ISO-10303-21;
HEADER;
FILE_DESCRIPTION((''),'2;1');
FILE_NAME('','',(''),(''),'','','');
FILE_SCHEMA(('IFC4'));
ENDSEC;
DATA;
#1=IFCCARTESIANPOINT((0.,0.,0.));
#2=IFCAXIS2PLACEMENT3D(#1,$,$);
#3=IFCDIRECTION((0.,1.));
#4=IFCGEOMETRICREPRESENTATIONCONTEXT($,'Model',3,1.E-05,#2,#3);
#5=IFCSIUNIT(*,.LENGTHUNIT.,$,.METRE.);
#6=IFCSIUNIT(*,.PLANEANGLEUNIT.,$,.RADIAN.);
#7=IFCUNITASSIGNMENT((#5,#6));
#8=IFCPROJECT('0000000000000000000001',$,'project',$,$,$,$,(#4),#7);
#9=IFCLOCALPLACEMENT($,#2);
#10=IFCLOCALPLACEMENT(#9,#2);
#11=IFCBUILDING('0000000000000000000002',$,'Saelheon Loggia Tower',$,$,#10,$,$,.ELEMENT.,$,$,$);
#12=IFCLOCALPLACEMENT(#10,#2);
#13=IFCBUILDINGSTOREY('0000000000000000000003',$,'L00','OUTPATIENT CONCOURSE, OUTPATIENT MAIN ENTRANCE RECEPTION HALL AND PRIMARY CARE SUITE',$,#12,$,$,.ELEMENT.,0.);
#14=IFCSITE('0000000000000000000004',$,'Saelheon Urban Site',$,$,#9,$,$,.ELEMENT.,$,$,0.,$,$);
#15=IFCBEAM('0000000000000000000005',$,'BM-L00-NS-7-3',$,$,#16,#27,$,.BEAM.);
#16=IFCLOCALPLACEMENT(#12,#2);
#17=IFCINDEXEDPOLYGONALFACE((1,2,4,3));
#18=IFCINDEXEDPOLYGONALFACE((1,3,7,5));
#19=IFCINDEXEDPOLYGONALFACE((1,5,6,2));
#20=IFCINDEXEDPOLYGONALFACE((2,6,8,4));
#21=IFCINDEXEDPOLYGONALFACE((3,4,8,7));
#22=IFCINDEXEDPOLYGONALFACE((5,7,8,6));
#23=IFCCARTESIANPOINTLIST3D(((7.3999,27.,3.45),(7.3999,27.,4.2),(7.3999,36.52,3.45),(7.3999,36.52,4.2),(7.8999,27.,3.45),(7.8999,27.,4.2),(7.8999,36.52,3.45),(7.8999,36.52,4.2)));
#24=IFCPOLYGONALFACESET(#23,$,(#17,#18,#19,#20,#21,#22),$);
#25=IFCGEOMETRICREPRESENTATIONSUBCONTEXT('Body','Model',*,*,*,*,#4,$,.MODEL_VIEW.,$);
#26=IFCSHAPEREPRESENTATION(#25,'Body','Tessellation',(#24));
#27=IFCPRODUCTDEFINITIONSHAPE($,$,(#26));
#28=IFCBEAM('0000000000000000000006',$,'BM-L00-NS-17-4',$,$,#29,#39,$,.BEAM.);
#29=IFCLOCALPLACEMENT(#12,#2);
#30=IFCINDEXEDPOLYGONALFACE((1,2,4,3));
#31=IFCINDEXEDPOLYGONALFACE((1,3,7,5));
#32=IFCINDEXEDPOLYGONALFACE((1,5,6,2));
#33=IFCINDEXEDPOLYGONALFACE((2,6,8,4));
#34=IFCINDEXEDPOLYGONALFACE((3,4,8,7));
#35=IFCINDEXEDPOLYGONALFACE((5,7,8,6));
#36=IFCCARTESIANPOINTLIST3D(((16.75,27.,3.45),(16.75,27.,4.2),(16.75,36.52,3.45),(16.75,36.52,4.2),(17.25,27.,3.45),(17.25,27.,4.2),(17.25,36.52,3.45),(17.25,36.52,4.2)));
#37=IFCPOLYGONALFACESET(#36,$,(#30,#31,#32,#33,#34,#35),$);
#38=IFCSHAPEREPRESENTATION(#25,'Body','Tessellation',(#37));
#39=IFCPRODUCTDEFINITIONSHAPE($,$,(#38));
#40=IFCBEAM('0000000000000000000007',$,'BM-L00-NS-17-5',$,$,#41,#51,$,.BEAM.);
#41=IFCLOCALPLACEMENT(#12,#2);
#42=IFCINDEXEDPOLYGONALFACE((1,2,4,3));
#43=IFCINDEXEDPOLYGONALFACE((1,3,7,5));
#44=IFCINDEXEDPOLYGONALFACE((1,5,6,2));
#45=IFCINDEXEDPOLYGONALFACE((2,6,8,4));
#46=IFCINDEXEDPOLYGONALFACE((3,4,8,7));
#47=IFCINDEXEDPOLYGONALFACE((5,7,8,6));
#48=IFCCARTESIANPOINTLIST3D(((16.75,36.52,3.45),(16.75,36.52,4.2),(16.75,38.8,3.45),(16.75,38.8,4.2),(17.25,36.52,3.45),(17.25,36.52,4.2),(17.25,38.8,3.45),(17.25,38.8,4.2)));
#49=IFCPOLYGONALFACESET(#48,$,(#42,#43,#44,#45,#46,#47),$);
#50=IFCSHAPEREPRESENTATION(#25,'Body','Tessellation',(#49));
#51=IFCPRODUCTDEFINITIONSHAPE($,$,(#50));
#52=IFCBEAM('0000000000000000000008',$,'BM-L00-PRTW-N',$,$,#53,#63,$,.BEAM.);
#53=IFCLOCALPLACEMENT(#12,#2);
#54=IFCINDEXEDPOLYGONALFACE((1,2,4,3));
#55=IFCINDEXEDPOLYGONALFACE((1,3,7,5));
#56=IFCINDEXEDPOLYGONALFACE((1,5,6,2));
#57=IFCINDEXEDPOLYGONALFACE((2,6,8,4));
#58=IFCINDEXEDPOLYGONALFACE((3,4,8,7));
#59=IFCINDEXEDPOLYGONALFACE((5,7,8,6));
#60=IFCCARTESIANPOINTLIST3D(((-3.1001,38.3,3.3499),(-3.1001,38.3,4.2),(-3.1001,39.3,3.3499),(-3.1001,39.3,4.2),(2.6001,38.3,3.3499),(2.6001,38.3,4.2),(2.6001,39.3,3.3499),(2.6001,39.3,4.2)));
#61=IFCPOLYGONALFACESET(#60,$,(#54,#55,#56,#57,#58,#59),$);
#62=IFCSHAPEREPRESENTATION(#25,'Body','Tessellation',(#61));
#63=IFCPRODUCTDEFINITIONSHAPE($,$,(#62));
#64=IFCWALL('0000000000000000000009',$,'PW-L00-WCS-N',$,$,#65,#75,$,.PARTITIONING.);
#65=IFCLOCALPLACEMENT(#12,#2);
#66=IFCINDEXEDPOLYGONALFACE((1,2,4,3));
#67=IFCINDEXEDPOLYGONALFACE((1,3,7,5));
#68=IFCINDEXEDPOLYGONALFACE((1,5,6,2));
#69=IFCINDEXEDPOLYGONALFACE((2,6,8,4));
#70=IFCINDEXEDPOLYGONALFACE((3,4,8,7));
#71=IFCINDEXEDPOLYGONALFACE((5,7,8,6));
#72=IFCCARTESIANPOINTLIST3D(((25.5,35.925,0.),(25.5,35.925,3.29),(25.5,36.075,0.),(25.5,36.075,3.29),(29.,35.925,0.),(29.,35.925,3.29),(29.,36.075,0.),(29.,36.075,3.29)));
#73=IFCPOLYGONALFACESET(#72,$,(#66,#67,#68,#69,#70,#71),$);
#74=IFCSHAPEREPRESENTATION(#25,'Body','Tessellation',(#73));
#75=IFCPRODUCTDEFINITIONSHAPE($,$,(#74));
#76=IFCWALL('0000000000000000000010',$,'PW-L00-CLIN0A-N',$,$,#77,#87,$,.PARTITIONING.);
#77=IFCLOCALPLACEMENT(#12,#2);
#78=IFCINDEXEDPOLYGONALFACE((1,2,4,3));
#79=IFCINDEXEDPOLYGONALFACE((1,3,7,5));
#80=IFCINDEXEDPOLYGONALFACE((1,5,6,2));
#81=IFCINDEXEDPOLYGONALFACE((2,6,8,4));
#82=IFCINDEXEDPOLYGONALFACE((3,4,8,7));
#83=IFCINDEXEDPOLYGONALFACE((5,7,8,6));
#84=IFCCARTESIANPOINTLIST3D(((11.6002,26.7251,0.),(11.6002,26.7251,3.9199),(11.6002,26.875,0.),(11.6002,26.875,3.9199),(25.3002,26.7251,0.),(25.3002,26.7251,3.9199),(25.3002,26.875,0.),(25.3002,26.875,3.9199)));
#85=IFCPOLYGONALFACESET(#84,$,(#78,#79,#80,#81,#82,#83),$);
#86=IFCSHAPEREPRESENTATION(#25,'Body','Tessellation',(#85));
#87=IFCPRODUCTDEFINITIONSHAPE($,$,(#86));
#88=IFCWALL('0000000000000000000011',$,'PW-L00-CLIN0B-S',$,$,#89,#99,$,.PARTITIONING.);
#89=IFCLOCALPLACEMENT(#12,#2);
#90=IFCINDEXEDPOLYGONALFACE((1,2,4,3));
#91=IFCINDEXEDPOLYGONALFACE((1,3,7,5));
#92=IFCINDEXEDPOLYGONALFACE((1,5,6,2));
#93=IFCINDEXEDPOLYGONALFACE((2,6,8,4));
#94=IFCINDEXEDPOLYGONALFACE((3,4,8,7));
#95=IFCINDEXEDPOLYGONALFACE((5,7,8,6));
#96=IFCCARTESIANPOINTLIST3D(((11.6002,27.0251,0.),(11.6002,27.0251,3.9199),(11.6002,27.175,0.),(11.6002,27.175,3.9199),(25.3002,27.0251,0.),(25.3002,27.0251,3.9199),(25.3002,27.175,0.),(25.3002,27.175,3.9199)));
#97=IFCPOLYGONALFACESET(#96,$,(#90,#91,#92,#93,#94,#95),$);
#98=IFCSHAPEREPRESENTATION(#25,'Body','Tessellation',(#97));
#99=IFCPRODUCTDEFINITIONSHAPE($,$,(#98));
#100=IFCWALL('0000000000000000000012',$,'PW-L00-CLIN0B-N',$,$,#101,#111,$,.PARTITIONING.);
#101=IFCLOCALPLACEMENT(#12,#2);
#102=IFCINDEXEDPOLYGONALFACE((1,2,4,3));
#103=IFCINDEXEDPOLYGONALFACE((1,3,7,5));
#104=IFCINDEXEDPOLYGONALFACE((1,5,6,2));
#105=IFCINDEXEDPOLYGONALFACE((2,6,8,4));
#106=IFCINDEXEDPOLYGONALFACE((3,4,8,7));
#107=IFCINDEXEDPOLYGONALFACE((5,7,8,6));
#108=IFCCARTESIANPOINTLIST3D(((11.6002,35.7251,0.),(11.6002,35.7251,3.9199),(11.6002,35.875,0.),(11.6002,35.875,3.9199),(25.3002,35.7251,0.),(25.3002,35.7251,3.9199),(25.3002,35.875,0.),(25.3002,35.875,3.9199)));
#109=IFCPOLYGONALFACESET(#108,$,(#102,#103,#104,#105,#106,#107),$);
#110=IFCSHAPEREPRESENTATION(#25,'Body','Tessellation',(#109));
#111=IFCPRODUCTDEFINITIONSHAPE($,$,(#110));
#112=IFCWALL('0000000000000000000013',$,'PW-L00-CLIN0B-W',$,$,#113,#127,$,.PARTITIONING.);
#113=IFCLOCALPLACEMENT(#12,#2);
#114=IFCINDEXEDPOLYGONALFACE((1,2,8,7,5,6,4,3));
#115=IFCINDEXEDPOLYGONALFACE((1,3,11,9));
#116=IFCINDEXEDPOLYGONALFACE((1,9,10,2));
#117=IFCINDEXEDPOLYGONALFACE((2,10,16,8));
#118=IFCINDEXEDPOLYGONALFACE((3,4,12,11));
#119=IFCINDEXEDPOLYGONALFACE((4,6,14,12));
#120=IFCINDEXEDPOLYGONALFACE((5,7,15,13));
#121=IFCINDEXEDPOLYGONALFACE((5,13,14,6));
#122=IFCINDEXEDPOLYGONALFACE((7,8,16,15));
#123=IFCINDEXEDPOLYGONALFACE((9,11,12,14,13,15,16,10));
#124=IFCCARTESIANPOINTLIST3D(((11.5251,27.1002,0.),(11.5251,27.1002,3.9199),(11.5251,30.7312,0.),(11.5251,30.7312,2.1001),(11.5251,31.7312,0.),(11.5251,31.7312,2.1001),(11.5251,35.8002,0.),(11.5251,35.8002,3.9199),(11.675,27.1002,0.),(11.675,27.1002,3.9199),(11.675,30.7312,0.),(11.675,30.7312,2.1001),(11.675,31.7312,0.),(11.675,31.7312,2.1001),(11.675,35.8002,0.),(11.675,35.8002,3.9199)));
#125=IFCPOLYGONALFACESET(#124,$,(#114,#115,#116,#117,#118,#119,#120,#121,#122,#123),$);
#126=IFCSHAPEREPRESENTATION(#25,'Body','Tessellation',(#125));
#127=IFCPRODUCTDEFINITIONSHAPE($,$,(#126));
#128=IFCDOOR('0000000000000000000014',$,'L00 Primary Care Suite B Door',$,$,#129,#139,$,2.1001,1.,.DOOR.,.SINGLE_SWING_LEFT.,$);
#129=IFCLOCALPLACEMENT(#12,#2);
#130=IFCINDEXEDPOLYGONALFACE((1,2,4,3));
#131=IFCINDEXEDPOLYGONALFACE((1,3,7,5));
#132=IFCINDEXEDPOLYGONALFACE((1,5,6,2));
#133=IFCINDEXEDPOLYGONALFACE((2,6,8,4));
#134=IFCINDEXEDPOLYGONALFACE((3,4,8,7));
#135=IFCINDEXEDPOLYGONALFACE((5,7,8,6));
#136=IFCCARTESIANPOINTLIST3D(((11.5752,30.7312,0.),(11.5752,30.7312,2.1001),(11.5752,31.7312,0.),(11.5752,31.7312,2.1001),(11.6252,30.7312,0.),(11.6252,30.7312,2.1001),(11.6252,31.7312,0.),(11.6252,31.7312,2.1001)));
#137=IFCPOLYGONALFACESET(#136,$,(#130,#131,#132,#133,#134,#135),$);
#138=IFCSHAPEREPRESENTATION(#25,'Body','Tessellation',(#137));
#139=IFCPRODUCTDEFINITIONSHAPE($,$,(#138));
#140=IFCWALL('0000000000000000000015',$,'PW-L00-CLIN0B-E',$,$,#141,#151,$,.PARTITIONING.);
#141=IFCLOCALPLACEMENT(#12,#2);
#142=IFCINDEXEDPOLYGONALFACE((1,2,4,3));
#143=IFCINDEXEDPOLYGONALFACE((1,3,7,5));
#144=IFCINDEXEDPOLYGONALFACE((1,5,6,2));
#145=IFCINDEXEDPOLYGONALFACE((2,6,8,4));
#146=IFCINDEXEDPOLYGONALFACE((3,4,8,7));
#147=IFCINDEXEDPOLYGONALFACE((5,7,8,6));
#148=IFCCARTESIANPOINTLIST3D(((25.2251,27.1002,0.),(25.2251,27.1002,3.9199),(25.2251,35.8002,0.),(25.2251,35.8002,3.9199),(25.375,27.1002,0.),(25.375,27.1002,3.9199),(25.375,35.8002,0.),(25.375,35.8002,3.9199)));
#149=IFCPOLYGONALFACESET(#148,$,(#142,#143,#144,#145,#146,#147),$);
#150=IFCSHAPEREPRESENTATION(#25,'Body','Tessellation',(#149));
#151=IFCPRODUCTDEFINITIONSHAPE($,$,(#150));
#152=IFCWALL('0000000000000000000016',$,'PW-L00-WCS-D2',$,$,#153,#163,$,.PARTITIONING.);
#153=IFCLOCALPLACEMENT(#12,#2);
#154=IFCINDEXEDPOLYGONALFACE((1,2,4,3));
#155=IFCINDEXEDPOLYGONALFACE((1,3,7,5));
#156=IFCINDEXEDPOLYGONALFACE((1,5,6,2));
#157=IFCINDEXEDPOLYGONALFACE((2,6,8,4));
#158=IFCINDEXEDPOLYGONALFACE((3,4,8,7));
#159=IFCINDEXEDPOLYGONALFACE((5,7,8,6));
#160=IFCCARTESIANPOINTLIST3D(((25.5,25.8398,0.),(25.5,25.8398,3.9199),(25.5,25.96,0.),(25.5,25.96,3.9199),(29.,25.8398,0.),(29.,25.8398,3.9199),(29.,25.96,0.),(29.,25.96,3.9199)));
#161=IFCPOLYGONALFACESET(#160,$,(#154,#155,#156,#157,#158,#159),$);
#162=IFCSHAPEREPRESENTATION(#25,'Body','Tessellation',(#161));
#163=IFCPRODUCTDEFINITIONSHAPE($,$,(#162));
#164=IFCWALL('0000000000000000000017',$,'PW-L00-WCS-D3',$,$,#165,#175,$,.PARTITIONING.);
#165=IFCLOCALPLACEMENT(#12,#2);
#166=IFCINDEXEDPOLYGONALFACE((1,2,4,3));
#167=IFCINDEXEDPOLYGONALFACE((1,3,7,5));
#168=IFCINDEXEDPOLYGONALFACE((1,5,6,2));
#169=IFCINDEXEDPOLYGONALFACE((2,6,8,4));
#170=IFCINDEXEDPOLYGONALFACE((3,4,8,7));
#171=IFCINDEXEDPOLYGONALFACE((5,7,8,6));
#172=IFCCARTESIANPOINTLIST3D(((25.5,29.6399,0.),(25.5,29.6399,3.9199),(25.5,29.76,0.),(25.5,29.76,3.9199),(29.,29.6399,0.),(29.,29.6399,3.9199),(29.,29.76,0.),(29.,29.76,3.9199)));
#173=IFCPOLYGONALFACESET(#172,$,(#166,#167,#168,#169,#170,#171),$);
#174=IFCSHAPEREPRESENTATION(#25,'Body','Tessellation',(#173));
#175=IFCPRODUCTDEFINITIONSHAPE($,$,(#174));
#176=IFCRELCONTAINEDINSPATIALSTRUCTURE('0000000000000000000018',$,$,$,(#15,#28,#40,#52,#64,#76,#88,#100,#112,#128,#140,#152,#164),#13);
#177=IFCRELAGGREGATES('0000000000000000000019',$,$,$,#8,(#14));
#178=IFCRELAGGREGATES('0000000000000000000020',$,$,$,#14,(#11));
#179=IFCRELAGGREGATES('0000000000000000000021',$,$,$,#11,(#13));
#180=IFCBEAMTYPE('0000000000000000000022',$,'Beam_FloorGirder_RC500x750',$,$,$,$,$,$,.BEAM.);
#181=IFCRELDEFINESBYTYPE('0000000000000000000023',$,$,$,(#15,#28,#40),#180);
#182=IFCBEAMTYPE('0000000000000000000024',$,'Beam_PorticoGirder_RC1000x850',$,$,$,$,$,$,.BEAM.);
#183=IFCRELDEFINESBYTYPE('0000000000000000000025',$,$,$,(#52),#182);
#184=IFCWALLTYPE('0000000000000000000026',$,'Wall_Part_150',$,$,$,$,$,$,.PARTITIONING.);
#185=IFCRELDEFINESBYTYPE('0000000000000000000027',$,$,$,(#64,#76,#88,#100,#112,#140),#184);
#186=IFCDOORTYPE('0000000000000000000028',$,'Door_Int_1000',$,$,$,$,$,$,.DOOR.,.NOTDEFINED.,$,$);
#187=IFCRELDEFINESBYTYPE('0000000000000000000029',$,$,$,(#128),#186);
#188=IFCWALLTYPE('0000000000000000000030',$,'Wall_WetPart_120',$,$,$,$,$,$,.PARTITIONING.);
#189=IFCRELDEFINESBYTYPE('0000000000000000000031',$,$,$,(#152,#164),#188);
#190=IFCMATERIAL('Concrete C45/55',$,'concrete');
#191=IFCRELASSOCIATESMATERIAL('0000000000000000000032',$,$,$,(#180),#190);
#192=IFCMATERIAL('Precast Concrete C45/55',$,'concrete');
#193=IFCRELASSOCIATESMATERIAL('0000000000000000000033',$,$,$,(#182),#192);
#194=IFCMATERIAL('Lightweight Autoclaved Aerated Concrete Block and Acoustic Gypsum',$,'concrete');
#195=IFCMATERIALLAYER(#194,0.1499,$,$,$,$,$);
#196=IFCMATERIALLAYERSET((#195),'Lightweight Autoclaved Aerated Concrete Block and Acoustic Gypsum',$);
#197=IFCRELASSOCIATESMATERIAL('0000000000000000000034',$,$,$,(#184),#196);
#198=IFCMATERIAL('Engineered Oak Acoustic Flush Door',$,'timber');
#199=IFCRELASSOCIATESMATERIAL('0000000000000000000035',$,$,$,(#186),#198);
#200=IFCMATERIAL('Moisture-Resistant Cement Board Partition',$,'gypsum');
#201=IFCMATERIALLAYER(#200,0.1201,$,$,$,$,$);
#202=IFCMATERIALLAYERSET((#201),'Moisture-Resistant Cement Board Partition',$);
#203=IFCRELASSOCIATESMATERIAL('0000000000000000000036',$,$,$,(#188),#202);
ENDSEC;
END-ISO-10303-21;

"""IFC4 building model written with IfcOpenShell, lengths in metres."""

from ifc_helpers import new_model, si_unit, direction, frame, frame_2d, origin, origin_2d, place, context, subcontext, project, spatial, rectangle, extrude, source, transform, mapped, material, layer, layer_set, material_profile, profile_set, type_object, element, fill, save


model = new_model("IFC4")

# Units and contexts
model_context = context("Model", 3, precision=1e-05, world=origin(), true_north=direction((0.0, 1.0)))
body_context = subcontext(model_context, "Body", "Model", "MODEL_VIEW")
ifc_project = project(units=[si_unit("LENGTHUNIT", "METRE"), si_unit("PLANEANGLEUNIT", "RADIAN")], contexts=[model_context])

# Site, building, storey
site_placement = place(None, origin())
site = spatial("IfcSite", under=ifc_project, at=site_placement, Name="Saelheon Urban Site", CompositionType="ELEMENT", RefElevation=0.0)
building_placement = place(site_placement, origin())
building = spatial("IfcBuilding", under=site, at=building_placement, Name="Saelheon Loggia Tower", CompositionType="ELEMENT")
storey_placement = place(building_placement, origin())
storey = spatial("IfcBuildingStorey", under=building, at=storey_placement, Name="L00", Description="OUTPATIENT CONCOURSE, OUTPATIENT MAIN ENTRANCE RECEPTION HALL AND PRIMARY CARE SUITE", CompositionType="ELEMENT", Elevation=0.0)

# Shared definitions
ifc_material_1 = material(Name="Concrete C45/55", Category="concrete")
ifc_material_2 = material(Name="Precast Concrete C45/55", Category="concrete")

# Beams
ifc_material_profile_1 = material_profile(ifc_material_1, rectangle(XDim=0.5, YDim=0.75, at=origin_2d()), Name="RC-500x750")
ifc_profile_set_1 = profile_set([ifc_material_profile_1], Name="Concrete C45/55")
beam_type_1 = type_object("IfcBeamType", Name="Beam_FloorGirder_RC500x750", PredefinedType="BEAM", material=ifc_profile_set_1)
shared_shape_1 = source(origin(), body_context, "Body", "SweptSolid", [
    extrude(rectangle(XDim=0.5, YDim=0.75, at=origin_2d()), origin(), (0.0, 0.0, 1.0), 9.52),
])
for number, where, z_axis, x_axis, name in (
    (1, (7.6499, 27.0, 3.825), (0.0, 1.0, 0.0), (-1.0, 0.0, 0.0), "BM-L00-NS-7-3"),
    (2, (17.0, 27.0, 3.825), (0.0, 1.0, 0.0), (-1.0, 0.0, 0.0), "BM-L00-NS-17-4"),
):
    element("IfcBeam", number, at=place(storey_placement, frame(where, z_axis=z_axis, x_axis=x_axis)), inside=storey, type_object=beam_type_1, Name=name, PredefinedType="BEAM", context=body_context, shape_type="MappedRepresentation", body=[
        mapped(shared_shape_1, transform((0.0, 0.0, 0.0), scale=1.0)),
    ])
shared_shape_2 = source(origin(), body_context, "Body", "SweptSolid", [
    extrude(rectangle(XDim=0.5, YDim=0.75, at=origin_2d()), origin(), (0.0, 0.0, 1.0), 2.28),
])
beam_1_placement = place(storey_placement, frame((17.0, 36.52, 3.825), z_axis=(0.0, 1.0, 0.0), x_axis=(-1.0, 0.0, 0.0)))
element("IfcBeam", 3, at=beam_1_placement, inside=storey, type_object=beam_type_1, Name="BM-L00-NS-17-5", PredefinedType="BEAM", context=body_context, shape_type="MappedRepresentation", body=[
    mapped(shared_shape_2, transform((0.0, 0.0, 0.0), scale=1.0)),
])
ifc_material_profile_2 = material_profile(ifc_material_2, rectangle(XDim=1.0, YDim=0.8501, at=origin_2d()), Name="RC-1000x850")
ifc_profile_set_2 = profile_set([ifc_material_profile_2], Name="Precast Concrete C45/55")
beam_type_2 = type_object("IfcBeamType", Name="Beam_PorticoGirder_RC1000x850", PredefinedType="BEAM", material=ifc_profile_set_2)
shared_shape_3 = source(origin(), body_context, "Body", "SweptSolid", [
    extrude(rectangle(XDim=1.0, YDim=0.8501, at=origin_2d()), origin(), (0.0, 0.0, 1.0), 5.7002),
])
beam_2_placement = place(storey_placement, frame((-3.1001, 38.8, 3.7749), z_axis=(1.0, 0.0, 0.0), x_axis=(0.0, 1.0, 0.0)))
element("IfcBeam", 4, at=beam_2_placement, inside=storey, type_object=beam_type_2, Name="BM-L00-PRTW-N", PredefinedType="BEAM", context=body_context, shape_type="MappedRepresentation", body=[
    mapped(shared_shape_3, transform((0.0, 0.0, 0.0), scale=1.0)),
])

# Walls
ifc_material_3 = material(Name="Lightweight Autoclaved Aerated Concrete Block and Acoustic Gypsum", Category="concrete")
ifc_layer_1 = layer(ifc_material_3, 0.1499)
ifc_layer_set_1 = layer_set([ifc_layer_1], Name="Lightweight Autoclaved Aerated Concrete Block and Acoustic Gypsum")
wall_type_1 = type_object("IfcWallType", Name="Wall_Part_150", PredefinedType="PARTITIONING", material=ifc_layer_set_1)
wall_1_placement = place(storey_placement, frame((25.5, 36.0, 0.0), z_axis=(0.0, 0.0, 1.0), x_axis=(1.0, 0.0, 0.0)))
element("IfcWall", 5, at=wall_1_placement, inside=storey, type_object=wall_type_1, Name="PW-L00-WCS-N", PredefinedType="PARTITIONING", context=body_context, shape_type="SweptSolid", body=[
    extrude(rectangle(XDim=3.5, YDim=0.1499, at=frame_2d((1.75, 0.0))), origin(), (0.0, 0.0, 1.0), 3.29),
])
for number, where, z_axis, x_axis, name in (
    (6, (11.6001, 26.8, 0.0), (0.0, 0.0, 1.0), (1.0, 0.0, 0.0), "PW-L00-CLIN0A-N"),
    (7, (11.6001, 27.1001, 0.0), (0.0, 0.0, 1.0), (1.0, 0.0, 0.0), "PW-L00-CLIN0B-S"),
    (8, (11.6001, 35.8, 0.0), (0.0, 0.0, 1.0), (1.0, 0.0, 0.0), "PW-L00-CLIN0B-N"),
):
    element("IfcWall", number, at=place(storey_placement, frame(where, z_axis=z_axis, x_axis=x_axis)), inside=storey, type_object=wall_type_1, Name=name, PredefinedType="PARTITIONING", context=body_context, shape_type="SweptSolid", body=[
        extrude(rectangle(XDim=13.7, YDim=0.1499, at=frame_2d((6.8501, 0.0))), origin(), (0.0, 0.0, 1.0), 3.9199),
    ])

# Wall, opening, door
wall_2_placement = place(storey_placement, frame((11.6001, 27.1001, 0.0), z_axis=(0.0, 0.0, 1.0), x_axis=(0.0, 1.0, 0.0)))
wall_2 = element("IfcWall", 9, at=wall_2_placement, inside=storey, type_object=wall_type_1, Name="PW-L00-CLIN0B-W", PredefinedType="PARTITIONING", context=body_context, shape_type="SweptSolid", body=[
    extrude(rectangle(XDim=8.7, YDim=0.1499, at=frame_2d((4.3501, 0.0))), origin(), (0.0, 0.0, 1.0), 3.9199),
])
opening_placement = place(wall_2_placement, frame((3.6311, 0.0, 0.0)))
opening = element("IfcOpeningElement", 10, at=opening_placement, cuts=wall_2, PredefinedType="OPENING", context=body_context, shape_type="SweptSolid", body=[
    extrude(rectangle(XDim=1.0, YDim=2.1001, at=frame_2d((0.5, 1.05))), frame((0.0, 0.0869, 0.0), z_axis=(0.0, -1.0, 0.0), x_axis=(1.0, 0.0, 0.0)), (0.0, 0.0, 1.0), 0.1738),
])
ifc_material_4 = material(Name="Engineered Oak Acoustic Flush Door", Category="timber")
door_type = type_object("IfcDoorType", Name="Door_Int_1000", OperationType="NOTDEFINED", PredefinedType="DOOR", material=ifc_material_4)
shared_shape_4 = source(origin(), body_context, "Body", "SweptSolid", [
    extrude(rectangle(XDim=1.0, YDim=2.1001, at=frame_2d((0.5, 1.05))), frame((0.0, 0.0249, 0.0), z_axis=(0.0, -1.0, 0.0), x_axis=(1.0, 0.0, 0.0)), (0.0, 0.0, 1.0), 0.05),
])
door_placement = place(opening_placement, origin())
door = element("IfcDoor", 11, at=door_placement, inside=storey, type_object=door_type, Name="L00 Primary Care Suite B Door", OperationType="SINGLE_SWING_LEFT", OverallHeight=2.1001, OverallWidth=1.0, PredefinedType="DOOR", context=body_context, shape_type="MappedRepresentation", body=[
    mapped(shared_shape_4, transform((0.0, 0.0, 0.0), scale=1.0)),
])
fill(opening, door)

# Walls
wall_3_placement = place(storey_placement, frame((25.3, 27.1001, 0.0), z_axis=(0.0, 0.0, 1.0), x_axis=(0.0, 1.0, 0.0)))
element("IfcWall", 12, at=wall_3_placement, inside=storey, type_object=wall_type_1, Name="PW-L00-CLIN0B-E", PredefinedType="PARTITIONING", context=body_context, shape_type="SweptSolid", body=[
    extrude(rectangle(XDim=8.7, YDim=0.1499, at=frame_2d((4.3501, 0.0))), origin(), (0.0, 0.0, 1.0), 3.9199),
])
ifc_material_5 = material(Name="Moisture-Resistant Cement Board Partition", Category="gypsum")
ifc_layer_2 = layer(ifc_material_5, 0.1201)
ifc_layer_set_2 = layer_set([ifc_layer_2], Name="Moisture-Resistant Cement Board Partition")
wall_type_2 = type_object("IfcWallType", Name="Wall_WetPart_120", PredefinedType="PARTITIONING", material=ifc_layer_set_2)
for number, where, z_axis, x_axis, name in (
    (13, (25.5, 25.8999, 0.0), (0.0, 0.0, 1.0), (1.0, 0.0, 0.0), "PW-L00-WCS-D2"),
    (14, (25.5, 29.7, 0.0), (0.0, 0.0, 1.0), (1.0, 0.0, 0.0), "PW-L00-WCS-D3"),
):
    element("IfcWall", number, at=place(storey_placement, frame(where, z_axis=z_axis, x_axis=x_axis)), inside=storey, type_object=wall_type_2, Name=name, PredefinedType="PARTITIONING", context=body_context, shape_type="SweptSolid", body=[
        extrude(rectangle(XDim=3.5, YDim=0.1201, at=frame_2d((1.75, 0.0))), origin(), (0.0, 0.0, 1.0), 3.9199),
    ])

save(model, "model.ifc")
